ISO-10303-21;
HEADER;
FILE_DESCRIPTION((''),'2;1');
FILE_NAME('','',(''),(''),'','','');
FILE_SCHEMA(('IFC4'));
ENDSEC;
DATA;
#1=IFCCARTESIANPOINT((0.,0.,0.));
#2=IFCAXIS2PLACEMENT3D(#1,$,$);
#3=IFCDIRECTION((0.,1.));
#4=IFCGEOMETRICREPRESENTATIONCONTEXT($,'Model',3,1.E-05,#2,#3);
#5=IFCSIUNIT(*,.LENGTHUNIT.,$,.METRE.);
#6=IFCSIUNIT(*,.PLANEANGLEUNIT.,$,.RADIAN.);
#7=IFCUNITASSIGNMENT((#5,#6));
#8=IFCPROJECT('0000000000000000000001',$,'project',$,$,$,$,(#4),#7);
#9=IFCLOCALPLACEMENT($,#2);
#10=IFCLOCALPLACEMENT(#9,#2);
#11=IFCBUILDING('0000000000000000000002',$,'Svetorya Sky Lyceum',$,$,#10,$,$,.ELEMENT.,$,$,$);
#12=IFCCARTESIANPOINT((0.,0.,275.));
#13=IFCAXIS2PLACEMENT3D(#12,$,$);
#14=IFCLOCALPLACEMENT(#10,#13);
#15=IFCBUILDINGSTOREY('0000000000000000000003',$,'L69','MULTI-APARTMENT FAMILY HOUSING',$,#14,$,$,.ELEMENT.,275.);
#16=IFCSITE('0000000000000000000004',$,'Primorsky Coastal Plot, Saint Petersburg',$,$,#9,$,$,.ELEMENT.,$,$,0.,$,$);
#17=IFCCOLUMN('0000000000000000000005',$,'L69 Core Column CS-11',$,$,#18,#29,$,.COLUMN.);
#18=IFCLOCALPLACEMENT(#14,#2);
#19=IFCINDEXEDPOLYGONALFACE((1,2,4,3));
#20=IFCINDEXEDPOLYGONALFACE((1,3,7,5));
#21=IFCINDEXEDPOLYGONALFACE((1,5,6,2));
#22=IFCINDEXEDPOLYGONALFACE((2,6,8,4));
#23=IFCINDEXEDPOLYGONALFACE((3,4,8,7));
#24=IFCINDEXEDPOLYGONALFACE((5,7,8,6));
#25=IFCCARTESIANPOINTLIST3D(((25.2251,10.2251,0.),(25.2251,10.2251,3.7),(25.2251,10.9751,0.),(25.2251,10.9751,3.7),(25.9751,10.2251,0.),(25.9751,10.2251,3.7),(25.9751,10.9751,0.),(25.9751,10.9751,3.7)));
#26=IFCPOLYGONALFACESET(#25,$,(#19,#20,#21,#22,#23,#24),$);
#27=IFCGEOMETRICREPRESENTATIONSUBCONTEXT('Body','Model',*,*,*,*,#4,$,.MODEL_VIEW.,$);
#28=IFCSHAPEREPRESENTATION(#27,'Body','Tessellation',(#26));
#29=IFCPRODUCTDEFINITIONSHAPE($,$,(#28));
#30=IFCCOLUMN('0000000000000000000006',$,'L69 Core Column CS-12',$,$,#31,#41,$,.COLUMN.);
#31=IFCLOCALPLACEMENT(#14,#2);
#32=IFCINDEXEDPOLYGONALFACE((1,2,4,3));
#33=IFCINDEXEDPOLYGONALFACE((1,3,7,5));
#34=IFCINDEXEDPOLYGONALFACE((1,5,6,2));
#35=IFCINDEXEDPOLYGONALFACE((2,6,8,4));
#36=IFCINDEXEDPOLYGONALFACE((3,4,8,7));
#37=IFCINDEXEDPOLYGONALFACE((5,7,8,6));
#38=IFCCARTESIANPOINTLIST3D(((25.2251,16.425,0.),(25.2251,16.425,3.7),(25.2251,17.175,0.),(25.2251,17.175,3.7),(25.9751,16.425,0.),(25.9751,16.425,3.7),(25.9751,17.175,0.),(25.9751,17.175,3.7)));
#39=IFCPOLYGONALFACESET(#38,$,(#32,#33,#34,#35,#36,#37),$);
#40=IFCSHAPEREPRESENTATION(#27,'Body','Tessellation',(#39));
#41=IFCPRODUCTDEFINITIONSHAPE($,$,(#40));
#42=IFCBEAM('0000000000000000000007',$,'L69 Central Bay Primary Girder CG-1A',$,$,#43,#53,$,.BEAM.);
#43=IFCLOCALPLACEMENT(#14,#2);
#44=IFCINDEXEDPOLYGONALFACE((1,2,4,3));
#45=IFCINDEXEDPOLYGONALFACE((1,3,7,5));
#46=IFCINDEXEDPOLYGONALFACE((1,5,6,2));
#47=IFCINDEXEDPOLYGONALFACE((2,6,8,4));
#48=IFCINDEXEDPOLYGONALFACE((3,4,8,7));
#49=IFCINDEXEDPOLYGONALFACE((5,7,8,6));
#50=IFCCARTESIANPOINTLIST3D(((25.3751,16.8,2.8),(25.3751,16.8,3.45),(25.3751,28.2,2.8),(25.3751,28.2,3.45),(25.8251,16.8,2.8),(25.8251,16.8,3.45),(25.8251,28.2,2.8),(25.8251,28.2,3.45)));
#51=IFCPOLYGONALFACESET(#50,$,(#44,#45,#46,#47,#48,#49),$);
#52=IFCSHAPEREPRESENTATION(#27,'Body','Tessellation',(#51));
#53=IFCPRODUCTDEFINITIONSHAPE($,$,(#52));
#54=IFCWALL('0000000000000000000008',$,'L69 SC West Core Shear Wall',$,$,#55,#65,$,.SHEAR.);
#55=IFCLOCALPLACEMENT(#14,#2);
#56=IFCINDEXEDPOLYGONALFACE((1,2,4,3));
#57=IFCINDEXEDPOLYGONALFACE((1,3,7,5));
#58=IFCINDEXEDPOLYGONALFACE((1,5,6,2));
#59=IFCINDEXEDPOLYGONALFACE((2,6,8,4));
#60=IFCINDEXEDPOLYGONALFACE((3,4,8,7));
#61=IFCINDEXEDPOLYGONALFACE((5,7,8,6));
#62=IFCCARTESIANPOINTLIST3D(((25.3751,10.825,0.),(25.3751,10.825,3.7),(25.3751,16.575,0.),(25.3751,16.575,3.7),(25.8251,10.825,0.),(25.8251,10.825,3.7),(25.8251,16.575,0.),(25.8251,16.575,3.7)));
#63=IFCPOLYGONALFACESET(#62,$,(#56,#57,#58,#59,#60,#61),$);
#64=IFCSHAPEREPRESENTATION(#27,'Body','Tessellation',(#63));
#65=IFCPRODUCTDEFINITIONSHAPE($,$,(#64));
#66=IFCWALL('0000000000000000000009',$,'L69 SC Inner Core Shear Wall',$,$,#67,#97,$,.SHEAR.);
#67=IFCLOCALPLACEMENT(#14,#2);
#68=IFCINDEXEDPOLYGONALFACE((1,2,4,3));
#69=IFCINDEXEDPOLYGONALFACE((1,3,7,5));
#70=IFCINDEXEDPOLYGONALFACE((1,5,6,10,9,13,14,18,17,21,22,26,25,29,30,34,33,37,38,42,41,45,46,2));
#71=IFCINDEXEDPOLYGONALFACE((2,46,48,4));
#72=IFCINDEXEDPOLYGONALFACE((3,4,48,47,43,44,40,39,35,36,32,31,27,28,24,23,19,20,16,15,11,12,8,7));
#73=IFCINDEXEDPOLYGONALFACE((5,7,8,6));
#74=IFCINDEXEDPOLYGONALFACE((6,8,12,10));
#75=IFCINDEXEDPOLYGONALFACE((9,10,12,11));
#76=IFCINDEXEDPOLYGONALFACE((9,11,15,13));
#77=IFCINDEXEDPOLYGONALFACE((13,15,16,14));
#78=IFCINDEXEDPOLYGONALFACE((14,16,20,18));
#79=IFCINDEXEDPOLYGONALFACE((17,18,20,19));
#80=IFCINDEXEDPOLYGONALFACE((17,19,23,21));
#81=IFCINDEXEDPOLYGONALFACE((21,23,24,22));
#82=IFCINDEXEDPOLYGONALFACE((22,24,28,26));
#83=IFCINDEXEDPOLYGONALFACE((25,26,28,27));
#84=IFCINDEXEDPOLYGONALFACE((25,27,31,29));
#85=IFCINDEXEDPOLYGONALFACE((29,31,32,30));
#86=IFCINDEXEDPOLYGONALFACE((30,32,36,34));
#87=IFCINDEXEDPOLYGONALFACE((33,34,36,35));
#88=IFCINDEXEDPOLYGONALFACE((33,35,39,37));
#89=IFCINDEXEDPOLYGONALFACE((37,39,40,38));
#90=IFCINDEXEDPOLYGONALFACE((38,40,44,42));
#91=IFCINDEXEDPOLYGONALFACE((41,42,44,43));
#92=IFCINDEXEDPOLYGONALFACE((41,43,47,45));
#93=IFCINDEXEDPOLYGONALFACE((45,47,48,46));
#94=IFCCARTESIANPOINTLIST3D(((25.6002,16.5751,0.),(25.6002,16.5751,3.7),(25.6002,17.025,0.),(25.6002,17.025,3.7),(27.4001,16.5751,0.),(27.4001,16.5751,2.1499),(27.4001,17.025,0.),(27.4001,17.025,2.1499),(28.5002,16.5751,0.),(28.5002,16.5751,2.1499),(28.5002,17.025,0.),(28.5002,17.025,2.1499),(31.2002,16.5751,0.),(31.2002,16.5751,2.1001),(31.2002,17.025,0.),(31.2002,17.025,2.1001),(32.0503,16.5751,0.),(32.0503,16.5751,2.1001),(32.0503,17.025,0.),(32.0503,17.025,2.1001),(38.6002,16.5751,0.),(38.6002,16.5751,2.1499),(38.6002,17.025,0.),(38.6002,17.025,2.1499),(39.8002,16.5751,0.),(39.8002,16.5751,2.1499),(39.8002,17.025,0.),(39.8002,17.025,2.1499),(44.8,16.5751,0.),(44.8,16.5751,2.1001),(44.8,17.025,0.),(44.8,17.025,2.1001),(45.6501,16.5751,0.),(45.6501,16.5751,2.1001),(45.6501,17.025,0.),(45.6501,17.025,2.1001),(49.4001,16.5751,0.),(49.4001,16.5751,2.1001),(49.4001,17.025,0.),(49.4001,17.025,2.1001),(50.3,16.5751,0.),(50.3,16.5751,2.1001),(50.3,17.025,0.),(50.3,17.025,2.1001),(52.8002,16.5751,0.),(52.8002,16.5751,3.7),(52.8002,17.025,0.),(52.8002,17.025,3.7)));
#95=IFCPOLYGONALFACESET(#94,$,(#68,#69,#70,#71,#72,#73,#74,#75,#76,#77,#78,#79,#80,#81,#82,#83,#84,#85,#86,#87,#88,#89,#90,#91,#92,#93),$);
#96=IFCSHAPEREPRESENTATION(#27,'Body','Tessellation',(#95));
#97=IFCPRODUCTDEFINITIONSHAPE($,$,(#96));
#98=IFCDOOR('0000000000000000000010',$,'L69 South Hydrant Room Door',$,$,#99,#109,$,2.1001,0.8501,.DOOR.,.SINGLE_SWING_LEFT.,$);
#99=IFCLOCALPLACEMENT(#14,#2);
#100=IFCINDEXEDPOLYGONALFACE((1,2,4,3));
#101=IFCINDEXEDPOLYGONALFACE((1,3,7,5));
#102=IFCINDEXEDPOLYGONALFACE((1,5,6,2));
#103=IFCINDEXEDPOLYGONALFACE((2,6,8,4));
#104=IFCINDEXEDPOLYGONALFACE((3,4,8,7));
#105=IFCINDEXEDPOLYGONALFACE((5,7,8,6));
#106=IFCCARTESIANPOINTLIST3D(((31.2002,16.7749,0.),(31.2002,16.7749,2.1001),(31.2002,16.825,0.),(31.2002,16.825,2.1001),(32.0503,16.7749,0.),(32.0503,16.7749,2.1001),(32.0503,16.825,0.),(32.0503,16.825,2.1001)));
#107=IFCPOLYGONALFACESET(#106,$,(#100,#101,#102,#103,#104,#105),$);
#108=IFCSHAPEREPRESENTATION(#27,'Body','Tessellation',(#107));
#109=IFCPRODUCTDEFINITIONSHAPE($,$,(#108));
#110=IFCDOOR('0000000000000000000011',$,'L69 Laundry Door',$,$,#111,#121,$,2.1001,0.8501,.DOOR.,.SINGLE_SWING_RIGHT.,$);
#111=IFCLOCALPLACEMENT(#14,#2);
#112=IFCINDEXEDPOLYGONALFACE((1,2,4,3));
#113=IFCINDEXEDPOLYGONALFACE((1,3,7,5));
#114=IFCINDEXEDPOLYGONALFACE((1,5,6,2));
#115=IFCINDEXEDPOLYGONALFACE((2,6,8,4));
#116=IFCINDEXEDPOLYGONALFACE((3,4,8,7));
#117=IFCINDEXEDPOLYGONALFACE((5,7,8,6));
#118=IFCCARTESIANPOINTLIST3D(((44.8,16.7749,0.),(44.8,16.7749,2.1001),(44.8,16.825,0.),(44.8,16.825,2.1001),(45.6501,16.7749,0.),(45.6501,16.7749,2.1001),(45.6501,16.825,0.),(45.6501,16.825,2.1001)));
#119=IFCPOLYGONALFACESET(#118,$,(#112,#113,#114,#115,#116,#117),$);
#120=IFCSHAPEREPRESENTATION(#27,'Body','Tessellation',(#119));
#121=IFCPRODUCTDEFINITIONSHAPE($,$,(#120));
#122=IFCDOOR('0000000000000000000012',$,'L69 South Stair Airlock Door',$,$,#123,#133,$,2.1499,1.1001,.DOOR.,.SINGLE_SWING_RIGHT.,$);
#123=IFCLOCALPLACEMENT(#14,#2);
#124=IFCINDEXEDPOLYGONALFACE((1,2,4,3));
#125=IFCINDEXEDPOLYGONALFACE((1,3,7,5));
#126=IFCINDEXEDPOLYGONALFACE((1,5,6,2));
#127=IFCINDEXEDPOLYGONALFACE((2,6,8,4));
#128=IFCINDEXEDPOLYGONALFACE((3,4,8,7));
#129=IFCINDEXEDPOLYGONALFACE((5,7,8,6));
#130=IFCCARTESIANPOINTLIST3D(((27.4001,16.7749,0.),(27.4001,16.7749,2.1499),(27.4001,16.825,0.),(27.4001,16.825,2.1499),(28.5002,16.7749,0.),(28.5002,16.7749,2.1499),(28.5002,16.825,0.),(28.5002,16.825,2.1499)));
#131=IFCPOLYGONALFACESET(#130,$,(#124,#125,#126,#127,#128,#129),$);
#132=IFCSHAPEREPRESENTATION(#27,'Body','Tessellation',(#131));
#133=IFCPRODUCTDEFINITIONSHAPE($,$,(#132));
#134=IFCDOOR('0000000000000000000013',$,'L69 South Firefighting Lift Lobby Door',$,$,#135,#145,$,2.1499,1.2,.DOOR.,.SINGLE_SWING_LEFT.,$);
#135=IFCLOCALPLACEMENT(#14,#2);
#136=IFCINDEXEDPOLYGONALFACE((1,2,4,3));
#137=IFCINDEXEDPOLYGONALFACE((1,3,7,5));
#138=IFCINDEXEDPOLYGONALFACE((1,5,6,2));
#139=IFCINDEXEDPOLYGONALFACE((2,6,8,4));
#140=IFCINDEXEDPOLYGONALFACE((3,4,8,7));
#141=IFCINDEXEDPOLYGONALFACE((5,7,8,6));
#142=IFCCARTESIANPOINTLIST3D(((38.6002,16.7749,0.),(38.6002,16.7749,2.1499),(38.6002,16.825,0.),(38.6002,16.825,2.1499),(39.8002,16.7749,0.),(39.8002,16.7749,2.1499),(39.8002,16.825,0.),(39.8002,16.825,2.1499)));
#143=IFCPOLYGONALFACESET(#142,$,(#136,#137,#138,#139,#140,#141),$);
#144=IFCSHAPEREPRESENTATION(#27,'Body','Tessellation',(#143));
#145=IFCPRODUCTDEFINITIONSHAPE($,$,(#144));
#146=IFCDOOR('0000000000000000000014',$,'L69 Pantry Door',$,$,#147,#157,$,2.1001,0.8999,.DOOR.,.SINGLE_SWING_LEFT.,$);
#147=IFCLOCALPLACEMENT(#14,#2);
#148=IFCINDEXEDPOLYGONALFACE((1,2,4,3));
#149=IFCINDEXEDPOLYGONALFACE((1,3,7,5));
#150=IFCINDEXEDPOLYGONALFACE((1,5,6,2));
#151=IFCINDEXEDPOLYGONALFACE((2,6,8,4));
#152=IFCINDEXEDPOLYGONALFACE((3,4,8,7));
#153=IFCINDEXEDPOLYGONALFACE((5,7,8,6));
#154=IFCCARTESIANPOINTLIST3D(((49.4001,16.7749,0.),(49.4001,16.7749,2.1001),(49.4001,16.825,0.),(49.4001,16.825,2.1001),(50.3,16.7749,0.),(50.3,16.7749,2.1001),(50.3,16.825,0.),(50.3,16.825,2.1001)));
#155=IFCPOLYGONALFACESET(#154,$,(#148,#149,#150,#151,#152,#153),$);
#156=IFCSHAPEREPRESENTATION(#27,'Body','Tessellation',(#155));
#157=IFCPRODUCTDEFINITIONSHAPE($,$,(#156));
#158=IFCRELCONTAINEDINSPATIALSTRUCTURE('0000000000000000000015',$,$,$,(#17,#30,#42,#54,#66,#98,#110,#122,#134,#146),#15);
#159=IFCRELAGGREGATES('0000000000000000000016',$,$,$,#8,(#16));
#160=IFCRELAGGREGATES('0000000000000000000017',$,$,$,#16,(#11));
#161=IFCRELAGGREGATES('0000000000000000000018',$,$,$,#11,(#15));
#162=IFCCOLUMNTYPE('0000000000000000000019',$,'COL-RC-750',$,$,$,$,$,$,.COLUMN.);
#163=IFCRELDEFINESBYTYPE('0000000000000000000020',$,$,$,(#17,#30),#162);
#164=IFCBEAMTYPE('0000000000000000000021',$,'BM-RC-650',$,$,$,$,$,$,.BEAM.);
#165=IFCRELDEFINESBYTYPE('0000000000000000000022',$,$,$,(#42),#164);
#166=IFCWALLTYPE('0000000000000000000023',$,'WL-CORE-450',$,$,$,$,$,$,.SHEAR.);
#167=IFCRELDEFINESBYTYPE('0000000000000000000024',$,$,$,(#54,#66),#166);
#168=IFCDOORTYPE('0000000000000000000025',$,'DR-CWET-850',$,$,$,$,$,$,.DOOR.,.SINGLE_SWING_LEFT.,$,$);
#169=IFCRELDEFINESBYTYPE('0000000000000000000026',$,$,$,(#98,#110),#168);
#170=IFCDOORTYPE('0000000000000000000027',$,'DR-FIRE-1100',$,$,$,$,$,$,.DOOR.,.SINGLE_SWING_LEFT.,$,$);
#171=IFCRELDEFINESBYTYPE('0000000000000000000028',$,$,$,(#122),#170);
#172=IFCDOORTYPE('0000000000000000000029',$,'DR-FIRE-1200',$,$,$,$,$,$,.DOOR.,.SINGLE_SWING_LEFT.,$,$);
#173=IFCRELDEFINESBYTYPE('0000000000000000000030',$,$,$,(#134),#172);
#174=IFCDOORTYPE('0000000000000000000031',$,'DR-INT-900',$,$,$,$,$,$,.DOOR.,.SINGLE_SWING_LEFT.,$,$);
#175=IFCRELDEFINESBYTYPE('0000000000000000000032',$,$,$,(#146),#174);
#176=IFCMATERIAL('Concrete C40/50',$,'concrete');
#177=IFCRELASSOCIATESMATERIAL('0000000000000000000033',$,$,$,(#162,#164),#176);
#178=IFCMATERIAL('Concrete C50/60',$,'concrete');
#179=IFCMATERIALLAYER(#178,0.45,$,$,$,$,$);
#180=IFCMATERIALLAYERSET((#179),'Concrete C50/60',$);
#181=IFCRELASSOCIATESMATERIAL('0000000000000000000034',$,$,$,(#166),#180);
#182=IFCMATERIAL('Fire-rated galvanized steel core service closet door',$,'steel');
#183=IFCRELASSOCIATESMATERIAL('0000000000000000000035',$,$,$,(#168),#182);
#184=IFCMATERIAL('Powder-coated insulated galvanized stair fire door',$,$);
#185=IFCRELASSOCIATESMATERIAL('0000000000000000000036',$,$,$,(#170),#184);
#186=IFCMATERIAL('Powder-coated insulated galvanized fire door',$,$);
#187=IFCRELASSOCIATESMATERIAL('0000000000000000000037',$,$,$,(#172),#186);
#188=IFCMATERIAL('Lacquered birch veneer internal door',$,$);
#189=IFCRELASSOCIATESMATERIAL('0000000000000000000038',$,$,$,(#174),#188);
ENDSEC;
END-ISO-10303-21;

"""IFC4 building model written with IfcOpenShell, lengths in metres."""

from ifc_helpers import new_model, si_unit, direction, frame, frame_2d, origin, origin_2d, place, context, subcontext, project, spatial, rectangle, extrude, material, layer, layer_set, material_profile, profile_set, type_object, element, fill, save


model = new_model("IFC4")

# Units and contexts
model_context = context("Model", 3, precision=1e-05, world=origin(), true_north=direction((0.0, 1.0)))
body_context = subcontext(model_context, "Body", "Model", "MODEL_VIEW")
ifc_project = project(units=[si_unit("LENGTHUNIT", "METRE"), si_unit("PLANEANGLEUNIT", "RADIAN")], contexts=[model_context])

# Site, building, storey
site_placement = place(None, origin())
site = spatial("IfcSite", under=ifc_project, at=site_placement, Name="Primorsky Coastal Plot, Saint Petersburg", CompositionType="ELEMENT", RefElevation=0.0)
building_placement = place(site_placement, origin())
building = spatial("IfcBuilding", under=site, at=building_placement, Name="Svetorya Sky Lyceum", CompositionType="ELEMENT")
storey_placement = place(building_placement, frame((0.0, 0.0, 275.0)))
storey = spatial("IfcBuildingStorey", under=building, at=storey_placement, Name="L69", Description="MULTI-APARTMENT FAMILY HOUSING", CompositionType="ELEMENT", Elevation=275.0)

# Columns
ifc_material_1 = material(Name="Concrete C40/50", Category="concrete")
ifc_material_profile_1 = material_profile(ifc_material_1, rectangle(XDim=0.75, YDim=0.75, at=origin_2d()), Name="RC COL 750x750")
ifc_profile_set_1 = profile_set([ifc_material_profile_1], Name="Concrete C40/50")
column_type = type_object("IfcColumnType", Name="COL-RC-750", PredefinedType="COLUMN", material=ifc_profile_set_1)
for number, where, z_axis, x_axis, name in (
    (1, (25.6001, 10.6001, 0.0), (0.0, 0.0, 1.0), (1.0, 0.0, 0.0), "L69 Core Column CS-11"),
    (2, (25.6001, 16.8, 0.0), (0.0, 0.0, 1.0), (1.0, 0.0, 0.0), "L69 Core Column CS-12"),
):
    element("IfcColumn", number, at=place(storey_placement, frame(where, z_axis=z_axis, x_axis=x_axis)), inside=storey, type_object=column_type, Name=name, PredefinedType="COLUMN", context=body_context, shape_type="SweptSolid", body=[
        extrude(rectangle(XDim=0.75, YDim=0.75, at=origin_2d()), origin(), (0.0, 0.0, 1.0), 3.7),
    ])

# Beam
ifc_material_profile_2 = material_profile(ifc_material_1, rectangle(XDim=0.45, YDim=0.6499, at=origin_2d()), Name="RC BEAM 450x650")
ifc_profile_set_2 = profile_set([ifc_material_profile_2], Name="Concrete C40/50")
beam_type = type_object("IfcBeamType", Name="BM-RC-650", PredefinedType="BEAM", material=ifc_profile_set_2)
beam_placement = place(storey_placement, frame((25.6001, 16.8, 3.125), z_axis=(0.0, 1.0, 0.0), x_axis=(-1.0, 0.0, 0.0)))
element("IfcBeam", 3, at=beam_placement, inside=storey, type_object=beam_type, Name="L69 Central Bay Primary Girder CG-1A", PredefinedType="BEAM", context=body_context, shape_type="SweptSolid", body=[
    extrude(rectangle(XDim=0.45, YDim=0.6499, at=origin_2d()), origin(), (0.0, 0.0, 1.0), 11.3999),
])

# Wall
ifc_material_2 = material(Name="Concrete C50/60", Category="concrete")
ifc_layer_1 = layer(ifc_material_2, 0.45)
ifc_layer_set_1 = layer_set([ifc_layer_1], Name="Concrete C50/60")
wall_type_1 = type_object("IfcWallType", Name="WL-CORE-450", PredefinedType="SHEAR", material=ifc_layer_set_1)
wall_1_placement = place(storey_placement, frame((25.6001, 10.825, 0.0), z_axis=(0.0, 0.0, 1.0), x_axis=(0.0, 1.0, 0.0)))
element("IfcWall", 4, at=wall_1_placement, inside=storey, type_object=wall_type_1, Name="L69 SC West Core Shear Wall", PredefinedType="SHEAR", context=body_context, shape_type="SweptSolid", body=[
    extrude(rectangle(XDim=5.75, YDim=0.45, at=frame_2d((2.875, 0.0))), origin(), (0.0, 0.0, 1.0), 3.7),
])

# Wall, openings, doors
wall_2_placement = place(storey_placement, frame((25.6001, 16.8, 0.0), z_axis=(0.0, 0.0, 1.0), x_axis=(1.0, 0.0, 0.0)))
wall_2 = element("IfcWall", 5, at=wall_2_placement, inside=storey, type_object=wall_type_1, Name="L69 SC Inner Core Shear Wall", PredefinedType="SHEAR", context=body_context, shape_type="SweptSolid", body=[
    extrude(rectangle(XDim=27.2, YDim=0.45, at=frame_2d((13.6001, 0.0))), origin(), (0.0, 0.0, 1.0), 3.7),
])
opening_1_placement = place(wall_2_placement, frame((1.8, 0.0, 0.0)))
opening_1 = element("IfcOpeningElement", 6, at=opening_1_placement, cuts=wall_2, PredefinedType="OPENING", context=body_context, shape_type="SweptSolid", body=[
    extrude(rectangle(XDim=1.1001, YDim=2.1499, at=frame_2d((0.55, 1.075))), frame((0.0, 0.2349, 0.0), z_axis=(0.0, -1.0, 0.0), x_axis=(1.0, 0.0, 0.0)), (0.0, 0.0, 1.0), 0.47),
])
opening_2_placement = place(wall_2_placement, frame((5.6001, 0.0, 0.0)))
opening_2 = element("IfcOpeningElement", 7, at=opening_2_placement, cuts=wall_2, PredefinedType="OPENING", context=body_context, shape_type="SweptSolid", body=[
    extrude(rectangle(XDim=0.8501, YDim=2.1001, at=frame_2d((0.425, 1.05))), frame((0.0, 0.2349, 0.0), z_axis=(0.0, -1.0, 0.0), x_axis=(1.0, 0.0, 0.0)), (0.0, 0.0, 1.0), 0.47),
])
opening_3_placement = place(wall_2_placement, frame((13.0, 0.0, 0.0)))
opening_3 = element("IfcOpeningElement", 8, at=opening_3_placement, cuts=wall_2, PredefinedType="OPENING", context=body_context, shape_type="SweptSolid", body=[
    extrude(rectangle(XDim=1.2, YDim=2.1499, at=frame_2d((0.6001, 1.075))), frame((0.0, 0.2349, 0.0), z_axis=(0.0, -1.0, 0.0), x_axis=(1.0, 0.0, 0.0)), (0.0, 0.0, 1.0), 0.47),
])
opening_4_placement = place(wall_2_placement, frame((19.2, 0.0, 0.0)))
opening_4 = element("IfcOpeningElement", 9, at=opening_4_placement, cuts=wall_2, PredefinedType="OPENING", context=body_context, shape_type="SweptSolid", body=[
    extrude(rectangle(XDim=0.8501, YDim=2.1001, at=frame_2d((0.425, 1.05))), frame((0.0, 0.2349, 0.0), z_axis=(0.0, -1.0, 0.0), x_axis=(1.0, 0.0, 0.0)), (0.0, 0.0, 1.0), 0.47),
])
opening_5_placement = place(wall_2_placement, frame((23.8, 0.0, 0.0)))
opening_5 = element("IfcOpeningElement", 10, at=opening_5_placement, cuts=wall_2, PredefinedType="OPENING", context=body_context, shape_type="SweptSolid", body=[
    extrude(rectangle(XDim=0.8999, YDim=2.1001, at=frame_2d((0.45, 1.05))), frame((0.0, 0.2349, 0.0), z_axis=(0.0, -1.0, 0.0), x_axis=(1.0, 0.0, 0.0)), (0.0, 0.0, 1.0), 0.47),
])
ifc_material_3 = material(Name="Fire-rated galvanized steel core service closet door", Category="steel")
door_type_1 = type_object("IfcDoorType", Name="DR-CWET-850", OperationType="SINGLE_SWING_LEFT", PredefinedType="DOOR", material=ifc_material_3)
door_1_placement = place(opening_2_placement, origin())
door_1 = element("IfcDoor", 11, at=door_1_placement, inside=storey, type_object=door_type_1, Name="L69 South Hydrant Room Door", OperationType="SINGLE_SWING_LEFT", OverallHeight=2.1001, OverallWidth=0.8501, PredefinedType="DOOR", context=body_context, shape_type="SweptSolid", body=[
    extrude(rectangle(XDim=0.8501, YDim=2.1001, at=frame_2d((0.425, 1.05))), frame((0.0, 0.0249, 0.0), z_axis=(0.0, -1.0, 0.0), x_axis=(1.0, 0.0, 0.0)), (0.0, 0.0, 1.0), 0.05),
])
fill(opening_2, door_1)
door_2_placement = place(opening_4_placement, origin())
door_2 = element("IfcDoor", 12, at=door_2_placement, inside=storey, type_object=door_type_1, Name="L69 Laundry Door", OperationType="SINGLE_SWING_RIGHT", OverallHeight=2.1001, OverallWidth=0.8501, PredefinedType="DOOR", context=body_context, shape_type="SweptSolid", body=[
    extrude(rectangle(XDim=0.8501, YDim=2.1001, at=frame_2d((0.425, 1.05))), frame((0.0, 0.0249, 0.0), z_axis=(0.0, -1.0, 0.0), x_axis=(1.0, 0.0, 0.0)), (0.0, 0.0, 1.0), 0.05),
])
fill(opening_4, door_2)
ifc_material_4 = material(Name="Powder-coated insulated galvanized stair fire door")
door_type_2 = type_object("IfcDoorType", Name="DR-FIRE-1100", OperationType="SINGLE_SWING_LEFT", PredefinedType="DOOR", material=ifc_material_4)
door_3_placement = place(opening_1_placement, origin())
door_3 = element("IfcDoor", 13, at=door_3_placement, inside=storey, type_object=door_type_2, Name="L69 South Stair Airlock Door", OperationType="SINGLE_SWING_RIGHT", OverallHeight=2.1499, OverallWidth=1.1001, PredefinedType="DOOR", context=body_context, shape_type="SweptSolid", body=[
    extrude(rectangle(XDim=1.1001, YDim=2.1499, at=frame_2d((0.55, 1.075))), frame((0.0, 0.0249, 0.0), z_axis=(0.0, -1.0, 0.0), x_axis=(1.0, 0.0, 0.0)), (0.0, 0.0, 1.0), 0.05),
])
fill(opening_1, door_3)
ifc_material_5 = material(Name="Powder-coated insulated galvanized fire door")
door_type_3 = type_object("IfcDoorType", Name="DR-FIRE-1200", OperationType="SINGLE_SWING_LEFT", PredefinedType="DOOR", material=ifc_material_5)
door_4_placement = place(opening_3_placement, origin())
door_4 = element("IfcDoor", 14, at=door_4_placement, inside=storey, type_object=door_type_3, Name="L69 South Firefighting Lift Lobby Door", OperationType="SINGLE_SWING_LEFT", OverallHeight=2.1499, OverallWidth=1.2, PredefinedType="DOOR", context=body_context, shape_type="SweptSolid", body=[
    extrude(rectangle(XDim=1.2, YDim=2.1499, at=frame_2d((0.6001, 1.075))), frame((0.0, 0.0249, 0.0), z_axis=(0.0, -1.0, 0.0), x_axis=(1.0, 0.0, 0.0)), (0.0, 0.0, 1.0), 0.05),
])
fill(opening_3, door_4)
ifc_material_6 = material(Name="Lacquered birch veneer internal door")
door_type_4 = type_object("IfcDoorType", Name="DR-INT-900", OperationType="SINGLE_SWING_LEFT", PredefinedType="DOOR", material=ifc_material_6)
door_5_placement = place(opening_5_placement, origin())
door_5 = element("IfcDoor", 15, at=door_5_placement, inside=storey, type_object=door_type_4, Name="L69 Pantry Door", OperationType="SINGLE_SWING_LEFT", OverallHeight=2.1001, OverallWidth=0.8999, PredefinedType="DOOR", context=body_context, shape_type="SweptSolid", body=[
    extrude(rectangle(XDim=0.8999, YDim=2.1001, at=frame_2d((0.45, 1.05))), frame((0.0, 0.0249, 0.0), z_axis=(0.0, -1.0, 0.0), x_axis=(1.0, 0.0, 0.0)), (0.0, 0.0, 1.0), 0.05),
])
fill(opening_5, door_5)

save(model, "model.ifc")
